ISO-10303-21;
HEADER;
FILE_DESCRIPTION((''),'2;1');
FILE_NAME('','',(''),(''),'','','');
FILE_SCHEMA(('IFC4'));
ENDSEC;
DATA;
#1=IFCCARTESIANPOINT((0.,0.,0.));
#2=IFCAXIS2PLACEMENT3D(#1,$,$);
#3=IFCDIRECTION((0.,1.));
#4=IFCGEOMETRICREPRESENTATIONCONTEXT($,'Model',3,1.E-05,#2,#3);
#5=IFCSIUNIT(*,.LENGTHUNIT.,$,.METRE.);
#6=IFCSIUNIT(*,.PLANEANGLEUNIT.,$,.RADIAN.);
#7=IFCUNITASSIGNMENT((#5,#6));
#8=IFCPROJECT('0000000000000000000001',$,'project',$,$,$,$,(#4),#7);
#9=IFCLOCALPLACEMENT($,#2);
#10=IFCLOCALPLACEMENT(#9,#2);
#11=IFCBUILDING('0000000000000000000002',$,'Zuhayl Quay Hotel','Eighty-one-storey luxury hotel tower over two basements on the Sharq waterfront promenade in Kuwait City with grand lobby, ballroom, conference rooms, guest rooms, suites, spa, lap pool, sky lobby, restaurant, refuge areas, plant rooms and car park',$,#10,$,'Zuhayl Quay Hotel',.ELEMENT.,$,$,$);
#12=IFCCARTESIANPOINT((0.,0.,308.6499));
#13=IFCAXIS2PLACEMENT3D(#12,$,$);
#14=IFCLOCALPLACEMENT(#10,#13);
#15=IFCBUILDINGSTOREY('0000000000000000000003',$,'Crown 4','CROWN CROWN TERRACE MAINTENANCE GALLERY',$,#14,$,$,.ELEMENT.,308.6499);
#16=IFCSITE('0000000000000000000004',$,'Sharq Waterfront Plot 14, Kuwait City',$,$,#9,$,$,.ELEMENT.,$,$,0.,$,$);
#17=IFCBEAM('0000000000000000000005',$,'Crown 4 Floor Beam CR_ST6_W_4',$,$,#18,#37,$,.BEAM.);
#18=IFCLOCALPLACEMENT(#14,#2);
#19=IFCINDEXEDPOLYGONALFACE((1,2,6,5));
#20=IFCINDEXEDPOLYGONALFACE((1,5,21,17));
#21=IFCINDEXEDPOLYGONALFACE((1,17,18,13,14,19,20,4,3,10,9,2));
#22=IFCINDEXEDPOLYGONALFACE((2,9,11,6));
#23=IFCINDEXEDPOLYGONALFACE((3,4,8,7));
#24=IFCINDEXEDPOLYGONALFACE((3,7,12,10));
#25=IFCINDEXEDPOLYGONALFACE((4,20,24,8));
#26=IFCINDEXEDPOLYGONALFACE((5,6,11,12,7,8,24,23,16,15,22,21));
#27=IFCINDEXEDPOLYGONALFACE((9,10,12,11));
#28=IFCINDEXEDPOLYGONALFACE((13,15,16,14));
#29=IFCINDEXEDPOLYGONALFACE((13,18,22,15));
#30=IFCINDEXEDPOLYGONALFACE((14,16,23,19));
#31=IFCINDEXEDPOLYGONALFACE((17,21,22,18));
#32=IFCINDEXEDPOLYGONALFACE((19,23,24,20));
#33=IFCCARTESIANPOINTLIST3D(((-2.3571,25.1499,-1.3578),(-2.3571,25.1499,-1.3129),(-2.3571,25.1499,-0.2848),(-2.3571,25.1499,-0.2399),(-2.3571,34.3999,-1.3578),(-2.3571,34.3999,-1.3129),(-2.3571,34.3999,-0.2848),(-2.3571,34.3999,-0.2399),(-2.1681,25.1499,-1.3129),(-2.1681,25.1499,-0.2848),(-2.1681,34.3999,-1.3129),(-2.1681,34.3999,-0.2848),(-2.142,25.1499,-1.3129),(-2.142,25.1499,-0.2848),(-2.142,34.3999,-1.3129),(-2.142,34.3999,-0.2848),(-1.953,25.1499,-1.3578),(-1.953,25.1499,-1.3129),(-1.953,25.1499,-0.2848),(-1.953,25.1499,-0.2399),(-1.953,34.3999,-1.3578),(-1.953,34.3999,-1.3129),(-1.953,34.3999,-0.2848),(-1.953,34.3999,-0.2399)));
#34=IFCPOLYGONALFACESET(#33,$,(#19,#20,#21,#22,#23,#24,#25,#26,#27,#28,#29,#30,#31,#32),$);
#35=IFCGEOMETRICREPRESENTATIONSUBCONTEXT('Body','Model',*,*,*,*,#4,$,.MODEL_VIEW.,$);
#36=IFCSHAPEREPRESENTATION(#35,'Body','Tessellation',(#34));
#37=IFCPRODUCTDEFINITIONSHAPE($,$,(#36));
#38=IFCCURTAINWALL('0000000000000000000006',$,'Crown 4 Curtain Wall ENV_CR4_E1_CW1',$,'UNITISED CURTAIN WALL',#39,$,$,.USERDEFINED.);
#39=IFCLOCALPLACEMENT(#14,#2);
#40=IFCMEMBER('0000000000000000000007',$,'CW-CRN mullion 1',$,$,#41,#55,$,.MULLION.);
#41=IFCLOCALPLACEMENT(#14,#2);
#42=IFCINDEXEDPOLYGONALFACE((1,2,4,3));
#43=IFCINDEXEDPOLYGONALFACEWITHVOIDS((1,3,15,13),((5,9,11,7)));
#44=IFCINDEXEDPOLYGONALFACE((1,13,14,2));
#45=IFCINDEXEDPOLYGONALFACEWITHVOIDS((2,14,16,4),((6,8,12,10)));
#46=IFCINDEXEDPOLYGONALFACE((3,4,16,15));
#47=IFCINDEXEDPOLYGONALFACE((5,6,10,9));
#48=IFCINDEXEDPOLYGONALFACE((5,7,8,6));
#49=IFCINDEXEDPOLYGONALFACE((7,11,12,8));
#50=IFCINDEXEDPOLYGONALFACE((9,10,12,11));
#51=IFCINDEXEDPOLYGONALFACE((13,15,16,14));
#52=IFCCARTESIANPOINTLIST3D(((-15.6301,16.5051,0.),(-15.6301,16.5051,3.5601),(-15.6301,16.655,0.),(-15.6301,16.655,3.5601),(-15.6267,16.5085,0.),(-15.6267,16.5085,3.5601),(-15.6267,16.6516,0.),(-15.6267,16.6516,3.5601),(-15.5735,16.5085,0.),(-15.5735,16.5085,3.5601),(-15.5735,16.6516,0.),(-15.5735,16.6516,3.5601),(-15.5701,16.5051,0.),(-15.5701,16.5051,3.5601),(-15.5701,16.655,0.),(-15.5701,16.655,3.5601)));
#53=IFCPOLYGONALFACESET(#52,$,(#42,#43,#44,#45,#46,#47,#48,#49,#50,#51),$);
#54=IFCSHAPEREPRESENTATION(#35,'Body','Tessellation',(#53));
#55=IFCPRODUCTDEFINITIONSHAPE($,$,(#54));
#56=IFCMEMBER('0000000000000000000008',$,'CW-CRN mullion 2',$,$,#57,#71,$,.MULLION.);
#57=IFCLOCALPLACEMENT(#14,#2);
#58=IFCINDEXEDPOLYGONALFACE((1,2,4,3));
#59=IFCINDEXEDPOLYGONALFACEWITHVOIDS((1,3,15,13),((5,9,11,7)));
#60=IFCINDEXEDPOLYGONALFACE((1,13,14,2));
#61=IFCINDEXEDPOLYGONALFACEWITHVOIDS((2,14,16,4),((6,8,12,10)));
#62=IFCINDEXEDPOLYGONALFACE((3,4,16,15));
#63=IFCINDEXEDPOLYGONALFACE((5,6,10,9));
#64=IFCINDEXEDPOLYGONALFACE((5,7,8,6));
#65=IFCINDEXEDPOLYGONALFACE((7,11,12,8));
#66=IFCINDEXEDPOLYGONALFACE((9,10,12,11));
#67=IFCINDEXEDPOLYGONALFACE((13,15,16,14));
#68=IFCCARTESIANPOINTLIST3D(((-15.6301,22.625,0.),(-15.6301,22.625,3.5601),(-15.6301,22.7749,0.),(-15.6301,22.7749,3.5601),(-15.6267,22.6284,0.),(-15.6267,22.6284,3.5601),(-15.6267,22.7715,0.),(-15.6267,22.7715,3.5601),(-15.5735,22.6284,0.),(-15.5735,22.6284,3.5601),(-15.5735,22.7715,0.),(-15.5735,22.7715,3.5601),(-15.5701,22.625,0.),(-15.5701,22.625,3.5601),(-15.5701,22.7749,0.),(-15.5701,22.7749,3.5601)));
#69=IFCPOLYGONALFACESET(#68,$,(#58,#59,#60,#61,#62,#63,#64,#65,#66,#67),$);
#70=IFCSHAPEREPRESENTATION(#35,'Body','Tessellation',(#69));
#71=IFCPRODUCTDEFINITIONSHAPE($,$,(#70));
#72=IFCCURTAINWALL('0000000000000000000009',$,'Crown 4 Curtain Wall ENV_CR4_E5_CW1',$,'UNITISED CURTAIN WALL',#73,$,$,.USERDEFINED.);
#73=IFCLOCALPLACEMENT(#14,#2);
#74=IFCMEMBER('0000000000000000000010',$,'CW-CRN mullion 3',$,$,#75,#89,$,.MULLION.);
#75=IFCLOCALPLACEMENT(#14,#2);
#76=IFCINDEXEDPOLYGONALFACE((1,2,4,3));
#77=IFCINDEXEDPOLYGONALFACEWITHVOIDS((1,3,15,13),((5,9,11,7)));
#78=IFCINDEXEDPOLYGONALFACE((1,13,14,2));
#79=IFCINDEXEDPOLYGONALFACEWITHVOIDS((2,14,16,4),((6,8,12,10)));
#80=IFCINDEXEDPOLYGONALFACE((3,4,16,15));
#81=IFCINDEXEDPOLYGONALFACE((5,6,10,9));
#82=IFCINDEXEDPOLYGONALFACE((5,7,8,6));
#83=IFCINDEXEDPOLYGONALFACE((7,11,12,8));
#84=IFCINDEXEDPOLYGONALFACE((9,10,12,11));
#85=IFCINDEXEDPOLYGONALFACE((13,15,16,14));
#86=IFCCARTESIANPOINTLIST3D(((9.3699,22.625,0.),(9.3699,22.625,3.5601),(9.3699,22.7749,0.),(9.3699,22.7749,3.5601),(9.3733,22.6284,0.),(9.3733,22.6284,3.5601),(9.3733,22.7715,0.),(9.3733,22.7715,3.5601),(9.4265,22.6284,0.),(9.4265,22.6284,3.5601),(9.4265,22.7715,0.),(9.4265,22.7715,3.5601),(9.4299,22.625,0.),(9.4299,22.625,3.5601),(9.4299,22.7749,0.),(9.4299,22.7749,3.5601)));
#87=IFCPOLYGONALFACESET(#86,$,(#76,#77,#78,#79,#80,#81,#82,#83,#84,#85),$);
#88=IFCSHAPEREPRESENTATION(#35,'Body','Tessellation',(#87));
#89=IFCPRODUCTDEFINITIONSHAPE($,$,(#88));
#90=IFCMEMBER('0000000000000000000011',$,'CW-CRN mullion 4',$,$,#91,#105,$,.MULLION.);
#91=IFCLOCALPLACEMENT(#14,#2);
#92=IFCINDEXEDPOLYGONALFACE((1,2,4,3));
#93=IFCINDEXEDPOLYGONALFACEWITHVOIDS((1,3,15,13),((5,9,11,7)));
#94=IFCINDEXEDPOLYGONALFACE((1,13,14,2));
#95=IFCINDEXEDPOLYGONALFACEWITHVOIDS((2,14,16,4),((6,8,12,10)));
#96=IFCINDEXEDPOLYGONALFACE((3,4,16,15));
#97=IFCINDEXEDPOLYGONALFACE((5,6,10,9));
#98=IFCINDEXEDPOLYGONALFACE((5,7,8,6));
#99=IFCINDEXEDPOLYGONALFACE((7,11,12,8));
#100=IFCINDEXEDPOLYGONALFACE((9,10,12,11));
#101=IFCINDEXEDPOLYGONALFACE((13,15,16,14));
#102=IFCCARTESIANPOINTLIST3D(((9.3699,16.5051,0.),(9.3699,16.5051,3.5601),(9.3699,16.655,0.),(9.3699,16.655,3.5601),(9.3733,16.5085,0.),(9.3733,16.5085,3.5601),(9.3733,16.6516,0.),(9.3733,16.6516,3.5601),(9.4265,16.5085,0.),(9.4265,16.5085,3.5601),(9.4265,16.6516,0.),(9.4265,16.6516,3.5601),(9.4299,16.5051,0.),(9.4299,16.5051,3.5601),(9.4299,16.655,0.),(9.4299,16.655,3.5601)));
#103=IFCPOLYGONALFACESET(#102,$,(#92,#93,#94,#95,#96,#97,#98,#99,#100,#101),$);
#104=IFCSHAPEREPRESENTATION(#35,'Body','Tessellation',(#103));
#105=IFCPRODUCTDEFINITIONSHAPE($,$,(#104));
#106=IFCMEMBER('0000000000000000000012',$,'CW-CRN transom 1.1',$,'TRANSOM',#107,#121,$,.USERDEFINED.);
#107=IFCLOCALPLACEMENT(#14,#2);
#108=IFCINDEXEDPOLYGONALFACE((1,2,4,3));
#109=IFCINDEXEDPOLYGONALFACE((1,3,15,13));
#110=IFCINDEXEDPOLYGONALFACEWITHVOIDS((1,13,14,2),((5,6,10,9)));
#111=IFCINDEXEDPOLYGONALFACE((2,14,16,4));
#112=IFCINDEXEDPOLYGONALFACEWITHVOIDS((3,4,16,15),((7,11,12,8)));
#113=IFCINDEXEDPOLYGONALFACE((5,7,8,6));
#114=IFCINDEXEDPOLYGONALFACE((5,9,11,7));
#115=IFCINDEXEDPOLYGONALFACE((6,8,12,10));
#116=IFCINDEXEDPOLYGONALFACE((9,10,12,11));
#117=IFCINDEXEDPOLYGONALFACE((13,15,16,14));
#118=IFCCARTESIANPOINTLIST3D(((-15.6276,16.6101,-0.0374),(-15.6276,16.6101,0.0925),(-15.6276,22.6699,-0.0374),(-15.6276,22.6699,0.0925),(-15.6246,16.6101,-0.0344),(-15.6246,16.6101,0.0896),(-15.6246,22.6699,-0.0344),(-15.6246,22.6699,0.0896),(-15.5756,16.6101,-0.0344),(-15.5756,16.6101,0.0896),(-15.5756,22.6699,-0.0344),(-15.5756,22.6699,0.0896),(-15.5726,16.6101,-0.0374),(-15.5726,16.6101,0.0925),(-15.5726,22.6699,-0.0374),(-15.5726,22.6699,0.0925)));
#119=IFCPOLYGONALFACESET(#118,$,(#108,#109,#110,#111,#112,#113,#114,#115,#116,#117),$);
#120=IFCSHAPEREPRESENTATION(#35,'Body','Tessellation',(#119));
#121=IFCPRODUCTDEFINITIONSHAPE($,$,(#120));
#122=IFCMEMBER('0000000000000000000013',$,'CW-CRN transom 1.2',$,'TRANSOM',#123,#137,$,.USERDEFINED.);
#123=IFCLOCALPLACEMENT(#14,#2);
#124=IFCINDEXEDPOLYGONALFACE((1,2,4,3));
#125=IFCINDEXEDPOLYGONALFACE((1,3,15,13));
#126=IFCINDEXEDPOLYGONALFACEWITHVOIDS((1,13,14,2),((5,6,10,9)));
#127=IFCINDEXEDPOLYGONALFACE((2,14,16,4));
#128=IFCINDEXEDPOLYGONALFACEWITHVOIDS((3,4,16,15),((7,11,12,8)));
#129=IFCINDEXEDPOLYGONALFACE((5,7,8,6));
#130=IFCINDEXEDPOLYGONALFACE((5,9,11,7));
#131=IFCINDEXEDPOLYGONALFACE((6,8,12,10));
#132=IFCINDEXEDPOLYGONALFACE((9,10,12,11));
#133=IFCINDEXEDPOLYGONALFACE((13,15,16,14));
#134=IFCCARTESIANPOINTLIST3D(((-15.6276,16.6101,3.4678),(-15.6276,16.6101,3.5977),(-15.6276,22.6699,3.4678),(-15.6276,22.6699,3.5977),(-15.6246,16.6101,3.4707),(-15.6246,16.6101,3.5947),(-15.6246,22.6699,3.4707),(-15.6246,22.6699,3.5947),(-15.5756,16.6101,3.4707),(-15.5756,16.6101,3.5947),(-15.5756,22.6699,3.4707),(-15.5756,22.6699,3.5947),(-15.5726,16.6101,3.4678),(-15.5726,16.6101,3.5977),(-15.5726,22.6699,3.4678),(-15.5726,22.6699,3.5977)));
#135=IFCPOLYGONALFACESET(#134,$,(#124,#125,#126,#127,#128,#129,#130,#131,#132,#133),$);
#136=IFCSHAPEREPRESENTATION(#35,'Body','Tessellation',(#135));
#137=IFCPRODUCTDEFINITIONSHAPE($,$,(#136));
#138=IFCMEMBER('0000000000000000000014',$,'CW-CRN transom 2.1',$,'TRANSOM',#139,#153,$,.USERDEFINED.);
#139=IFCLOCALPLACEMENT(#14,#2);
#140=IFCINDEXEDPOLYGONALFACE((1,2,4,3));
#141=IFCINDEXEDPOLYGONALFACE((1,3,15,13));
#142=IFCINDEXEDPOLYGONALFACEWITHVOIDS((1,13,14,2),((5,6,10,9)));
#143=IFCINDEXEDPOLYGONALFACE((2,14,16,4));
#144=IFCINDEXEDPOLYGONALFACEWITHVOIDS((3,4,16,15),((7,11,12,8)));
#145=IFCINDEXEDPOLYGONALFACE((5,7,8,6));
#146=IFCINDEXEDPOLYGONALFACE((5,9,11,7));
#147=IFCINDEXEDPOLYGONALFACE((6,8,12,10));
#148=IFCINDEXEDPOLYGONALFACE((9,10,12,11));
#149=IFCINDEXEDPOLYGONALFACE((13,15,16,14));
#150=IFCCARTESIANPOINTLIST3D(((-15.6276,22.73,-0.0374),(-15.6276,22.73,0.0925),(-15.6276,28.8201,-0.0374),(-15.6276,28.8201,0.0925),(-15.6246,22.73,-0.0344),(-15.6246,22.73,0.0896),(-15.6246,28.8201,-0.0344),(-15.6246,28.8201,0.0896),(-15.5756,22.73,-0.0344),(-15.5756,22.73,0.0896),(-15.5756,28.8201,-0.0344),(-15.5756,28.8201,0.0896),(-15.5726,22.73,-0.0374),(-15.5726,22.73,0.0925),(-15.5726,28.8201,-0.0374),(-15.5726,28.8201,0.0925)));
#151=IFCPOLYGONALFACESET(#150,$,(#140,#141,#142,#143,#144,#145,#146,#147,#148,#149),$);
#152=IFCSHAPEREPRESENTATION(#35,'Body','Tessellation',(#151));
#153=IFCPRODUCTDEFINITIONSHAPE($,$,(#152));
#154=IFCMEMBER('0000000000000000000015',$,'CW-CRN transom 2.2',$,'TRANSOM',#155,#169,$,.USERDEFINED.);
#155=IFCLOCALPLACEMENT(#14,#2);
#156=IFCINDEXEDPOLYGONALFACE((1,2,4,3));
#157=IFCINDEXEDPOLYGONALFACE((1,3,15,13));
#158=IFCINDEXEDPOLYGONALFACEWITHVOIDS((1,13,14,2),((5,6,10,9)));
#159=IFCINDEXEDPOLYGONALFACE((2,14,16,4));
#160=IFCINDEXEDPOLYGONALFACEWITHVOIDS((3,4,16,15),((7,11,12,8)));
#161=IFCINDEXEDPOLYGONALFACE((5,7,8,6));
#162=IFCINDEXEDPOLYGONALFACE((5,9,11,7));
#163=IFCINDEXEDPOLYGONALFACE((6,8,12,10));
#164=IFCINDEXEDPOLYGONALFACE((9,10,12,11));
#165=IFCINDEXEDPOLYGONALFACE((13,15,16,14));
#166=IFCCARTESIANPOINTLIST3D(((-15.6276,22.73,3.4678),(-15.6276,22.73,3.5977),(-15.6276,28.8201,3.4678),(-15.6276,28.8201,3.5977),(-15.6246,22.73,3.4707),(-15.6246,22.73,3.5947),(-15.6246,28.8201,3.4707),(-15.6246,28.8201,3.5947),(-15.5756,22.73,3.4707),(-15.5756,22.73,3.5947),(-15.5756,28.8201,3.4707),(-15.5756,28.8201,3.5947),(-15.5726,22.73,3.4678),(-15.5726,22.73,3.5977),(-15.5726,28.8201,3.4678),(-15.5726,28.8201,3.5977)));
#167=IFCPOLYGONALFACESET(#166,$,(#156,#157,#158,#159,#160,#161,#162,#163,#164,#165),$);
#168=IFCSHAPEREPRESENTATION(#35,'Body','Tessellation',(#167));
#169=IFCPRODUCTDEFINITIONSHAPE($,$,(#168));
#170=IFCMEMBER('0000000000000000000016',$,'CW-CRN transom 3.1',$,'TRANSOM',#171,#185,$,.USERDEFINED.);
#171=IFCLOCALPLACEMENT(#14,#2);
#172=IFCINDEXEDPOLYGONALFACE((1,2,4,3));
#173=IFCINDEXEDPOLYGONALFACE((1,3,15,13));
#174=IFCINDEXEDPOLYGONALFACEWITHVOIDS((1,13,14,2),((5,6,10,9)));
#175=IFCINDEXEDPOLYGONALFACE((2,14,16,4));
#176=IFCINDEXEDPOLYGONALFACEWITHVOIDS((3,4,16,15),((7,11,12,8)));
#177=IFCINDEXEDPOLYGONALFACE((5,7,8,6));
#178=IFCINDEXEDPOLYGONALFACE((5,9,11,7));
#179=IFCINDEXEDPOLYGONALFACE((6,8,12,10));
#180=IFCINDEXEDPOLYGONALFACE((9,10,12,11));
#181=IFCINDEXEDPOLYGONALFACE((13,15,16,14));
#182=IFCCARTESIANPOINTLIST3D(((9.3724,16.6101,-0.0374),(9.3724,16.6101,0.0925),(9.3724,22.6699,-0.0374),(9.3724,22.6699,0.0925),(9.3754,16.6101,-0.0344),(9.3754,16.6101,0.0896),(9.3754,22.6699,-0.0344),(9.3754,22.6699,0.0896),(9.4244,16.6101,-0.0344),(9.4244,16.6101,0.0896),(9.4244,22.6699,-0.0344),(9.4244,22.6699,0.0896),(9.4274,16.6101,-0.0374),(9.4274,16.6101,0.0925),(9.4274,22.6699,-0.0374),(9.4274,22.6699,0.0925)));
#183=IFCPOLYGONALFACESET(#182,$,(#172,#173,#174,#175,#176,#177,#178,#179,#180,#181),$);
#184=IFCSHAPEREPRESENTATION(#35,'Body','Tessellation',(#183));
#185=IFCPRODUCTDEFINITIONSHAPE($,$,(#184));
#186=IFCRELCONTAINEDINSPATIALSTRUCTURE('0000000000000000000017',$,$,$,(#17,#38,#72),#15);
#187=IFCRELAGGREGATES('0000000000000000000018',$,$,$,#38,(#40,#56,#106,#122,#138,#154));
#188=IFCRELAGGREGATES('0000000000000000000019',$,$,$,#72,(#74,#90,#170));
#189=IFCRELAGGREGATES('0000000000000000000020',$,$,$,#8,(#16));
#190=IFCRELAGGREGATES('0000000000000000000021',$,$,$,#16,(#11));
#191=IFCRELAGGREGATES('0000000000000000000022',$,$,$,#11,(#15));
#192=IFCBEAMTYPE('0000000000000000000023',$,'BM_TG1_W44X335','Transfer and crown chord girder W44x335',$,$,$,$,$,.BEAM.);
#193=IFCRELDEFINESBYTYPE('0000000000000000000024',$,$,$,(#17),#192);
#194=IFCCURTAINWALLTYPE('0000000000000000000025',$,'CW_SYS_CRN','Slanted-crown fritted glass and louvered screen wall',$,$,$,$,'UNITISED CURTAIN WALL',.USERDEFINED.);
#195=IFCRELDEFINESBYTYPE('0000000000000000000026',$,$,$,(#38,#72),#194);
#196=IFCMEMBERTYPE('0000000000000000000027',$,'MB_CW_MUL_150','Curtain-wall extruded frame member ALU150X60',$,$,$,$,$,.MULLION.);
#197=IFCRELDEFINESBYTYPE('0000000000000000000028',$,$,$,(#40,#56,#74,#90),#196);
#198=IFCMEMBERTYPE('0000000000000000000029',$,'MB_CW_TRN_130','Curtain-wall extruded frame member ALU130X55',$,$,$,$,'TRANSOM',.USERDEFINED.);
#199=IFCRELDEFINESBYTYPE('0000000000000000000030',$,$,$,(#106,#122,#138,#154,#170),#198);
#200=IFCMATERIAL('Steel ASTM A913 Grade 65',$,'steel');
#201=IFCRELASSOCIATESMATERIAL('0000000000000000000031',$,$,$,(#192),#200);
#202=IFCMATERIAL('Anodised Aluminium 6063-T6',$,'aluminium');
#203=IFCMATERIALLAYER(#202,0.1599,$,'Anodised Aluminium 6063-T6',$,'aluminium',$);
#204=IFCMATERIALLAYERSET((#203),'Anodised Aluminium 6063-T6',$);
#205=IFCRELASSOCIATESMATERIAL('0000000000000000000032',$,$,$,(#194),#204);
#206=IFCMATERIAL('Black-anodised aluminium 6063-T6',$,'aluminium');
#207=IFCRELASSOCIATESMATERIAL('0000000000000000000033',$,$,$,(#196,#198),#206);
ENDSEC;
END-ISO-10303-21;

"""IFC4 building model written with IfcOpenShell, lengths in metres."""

from ifc_helpers import new_model, si_unit, direction, frame, origin, origin_2d, place, context, subcontext, project, spatial, hollow_rectangle, i_section, extrude, material, layer, layer_set, material_profile, profile_set, type_object, element, aggregate, save


model = new_model("IFC4")

# Units and contexts
model_context = context("Model", 3, precision=1e-05, world=origin(), true_north=direction((0.0, 1.0)))
body_context = subcontext(model_context, "Body", "Model", "MODEL_VIEW")
ifc_project = project(units=[si_unit("LENGTHUNIT", "METRE"), si_unit("PLANEANGLEUNIT", "RADIAN")], contexts=[model_context])

# Site, building, storey
site_placement = place(None, origin())
site = spatial("IfcSite", under=ifc_project, at=site_placement, Name="Sharq Waterfront Plot 14, Kuwait City", CompositionType="ELEMENT", RefElevation=0.0)
building_placement = place(site_placement, origin())
building = spatial("IfcBuilding", under=site, at=building_placement, Name="Zuhayl Quay Hotel", Description="Eighty-one-storey luxury hotel tower over two basements on the Sharq waterfront promenade in Kuwait City with grand lobby, ballroom, conference rooms, guest rooms, suites, spa, lap pool, sky lobby, restaurant, refuge areas, plant rooms and car park", LongName="Zuhayl Quay Hotel", CompositionType="ELEMENT")
storey_placement = place(building_placement, frame((0.0, 0.0, 308.6499)))
storey = spatial("IfcBuildingStorey", under=building, at=storey_placement, Name="Crown 4", Description="CROWN CROWN TERRACE MAINTENANCE GALLERY", CompositionType="ELEMENT", Elevation=308.6499)

# Shared definitions
ifc_material_1 = material(Name="Steel ASTM A913 Grade 65", Category="steel")

# Beam
ifc_material_profile_1 = material_profile(ifc_material_1, i_section(OverallWidth=0.4041, OverallDepth=1.1179, WebThickness=0.0261, FlangeThickness=0.0449, at=origin_2d()), Name="W44X335")
ifc_profile_set_1 = profile_set([ifc_material_profile_1], Name="Steel ASTM A913 Grade 65")
beam_type = type_object("IfcBeamType", Name="BM_TG1_W44X335", Description="Transfer and crown chord girder W44x335", PredefinedType="BEAM", material=ifc_profile_set_1)
for number, where, z_axis, x_axis, name in (
    (1, (-2.155, 25.1499, -0.7988), (0.0, 1.0, 0.0), (-1.0, 0.0, 0.0), "Crown 4 Floor Beam CR_ST6_W_4"),
):
    element("IfcBeam", number, at=place(storey_placement, frame(where, z_axis=z_axis, x_axis=x_axis)), inside=storey, type_object=beam_type, Name=name, PredefinedType="BEAM", context=body_context, shape_type="SweptSolid", body=[
        extrude(i_section(OverallWidth=0.4041, OverallDepth=1.1179, WebThickness=0.0261, FlangeThickness=0.0449, at=origin_2d()), origin(), (0.0, 0.0, 1.0), 9.25),
    ])

# Curtain walls, members
ifc_material_2 = material(Name="Anodised Aluminium 6063-T6", Category="aluminium")
ifc_layer_1 = layer(ifc_material_2, 0.1599, Name="Anodised Aluminium 6063-T6", Category="aluminium")
ifc_layer_set_1 = layer_set([ifc_layer_1], Name="Anodised Aluminium 6063-T6")
curtain_wall_type = type_object("IfcCurtainWallType", Name="CW_SYS_CRN", Description="Slanted-crown fritted glass and louvered screen wall", ElementType="UNITISED CURTAIN WALL", PredefinedType="USERDEFINED", material=ifc_layer_set_1)
curtain_wall_1_placement = place(storey_placement, origin())
curtain_wall_1 = element("IfcCurtainWall", 2, at=curtain_wall_1_placement, inside=storey, type_object=curtain_wall_type, Name="Crown 4 Curtain Wall ENV_CR4_E1_CW1", ObjectType="UNITISED CURTAIN WALL", PredefinedType="USERDEFINED")
ifc_material_3 = material(Name="Black-anodised aluminium 6063-T6", Category="aluminium")
ifc_material_profile_2 = material_profile(ifc_material_3, hollow_rectangle(XDim=0.0601, YDim=0.1499, WallThickness=0.0034, at=origin_2d()), Name="ALU150X60")
ifc_profile_set_2 = profile_set([ifc_material_profile_2], Name="Black-anodised aluminium 6063-T6")
member_type_1 = type_object("IfcMemberType", Name="MB_CW_MUL_150", Description="Curtain-wall extruded frame member ALU150X60", PredefinedType="MULLION", material=ifc_profile_set_2)
member_1_placement = place(storey_placement, frame((-15.6001, 16.5801, 0.0), z_axis=(0.0, 0.0, 1.0), x_axis=(-1.0, 0.0, 0.0)))
member_1 = element("IfcMember", 3, at=member_1_placement, type_object=member_type_1, Name="CW-CRN mullion 1", PredefinedType="MULLION", context=body_context, shape_type="SweptSolid", body=[
    extrude(hollow_rectangle(XDim=0.0601, YDim=0.1499, WallThickness=0.0034, at=origin_2d()), origin(), (0.0, 0.0, 1.0), 3.5601),
])
member_2_placement = place(storey_placement, frame((-15.6001, 22.7, 0.0), z_axis=(0.0, 0.0, 1.0), x_axis=(-1.0, 0.0, 0.0)))
member_2 = element("IfcMember", 4, at=member_2_placement, type_object=member_type_1, Name="CW-CRN mullion 2", PredefinedType="MULLION", context=body_context, shape_type="SweptSolid", body=[
    extrude(hollow_rectangle(XDim=0.0601, YDim=0.1499, WallThickness=0.0034, at=origin_2d()), origin(), (0.0, 0.0, 1.0), 3.5601),
])
curtain_wall_2_placement = place(storey_placement, origin())
curtain_wall_2 = element("IfcCurtainWall", 5, at=curtain_wall_2_placement, inside=storey, type_object=curtain_wall_type, Name="Crown 4 Curtain Wall ENV_CR4_E5_CW1", ObjectType="UNITISED CURTAIN WALL", PredefinedType="USERDEFINED")
member_3_placement = place(storey_placement, frame((9.3999, 22.7, 0.0), z_axis=(0.0, 0.0, 1.0), x_axis=(1.0, 0.0, 0.0)))
member_3 = element("IfcMember", 6, at=member_3_placement, type_object=member_type_1, Name="CW-CRN mullion 3", PredefinedType="MULLION", context=body_context, shape_type="SweptSolid", body=[
    extrude(hollow_rectangle(XDim=0.0601, YDim=0.1499, WallThickness=0.0034, at=origin_2d()), origin(), (0.0, 0.0, 1.0), 3.5601),
])
member_4_placement = place(storey_placement, frame((9.3999, 16.5801, 0.0), z_axis=(0.0, 0.0, 1.0), x_axis=(1.0, 0.0, 0.0)))
member_4 = element("IfcMember", 7, at=member_4_placement, type_object=member_type_1, Name="CW-CRN mullion 4", PredefinedType="MULLION", context=body_context, shape_type="SweptSolid", body=[
    extrude(hollow_rectangle(XDim=0.0601, YDim=0.1499, WallThickness=0.0034, at=origin_2d()), origin(), (0.0, 0.0, 1.0), 3.5601),
])

# Members
ifc_material_profile_3 = material_profile(ifc_material_3, hollow_rectangle(XDim=0.0549, YDim=0.1299, WallThickness=0.0029, at=origin_2d()), Name="ALU130X55")
ifc_profile_set_3 = profile_set([ifc_material_profile_3], Name="Black-anodised aluminium 6063-T6")
member_type_2 = type_object("IfcMemberType", Name="MB_CW_TRN_130", Description="Curtain-wall extruded frame member ALU130X55", ElementType="TRANSOM", PredefinedType="USERDEFINED", material=ifc_profile_set_3)
member_5_placement = place(storey_placement, frame((-15.6001, 16.6101, 0.0276), z_axis=(0.0, 1.0, 0.0), x_axis=(-1.0, 0.0, 0.0)))
member_5 = element("IfcMember", 8, at=member_5_placement, type_object=member_type_2, Name="CW-CRN transom 1.1", ObjectType="TRANSOM", PredefinedType="USERDEFINED", context=body_context, shape_type="SweptSolid", body=[
    extrude(hollow_rectangle(XDim=0.0549, YDim=0.1299, WallThickness=0.0029, at=origin_2d()), origin(), (0.0, 0.0, 1.0), 6.0598),
])
member_6_placement = place(storey_placement, frame((-15.6001, 16.6101, 3.5327), z_axis=(0.0, 1.0, 0.0), x_axis=(-1.0, 0.0, 0.0)))
member_6 = element("IfcMember", 9, at=member_6_placement, type_object=member_type_2, Name="CW-CRN transom 1.2", ObjectType="TRANSOM", PredefinedType="USERDEFINED", context=body_context, shape_type="SweptSolid", body=[
    extrude(hollow_rectangle(XDim=0.0549, YDim=0.1299, WallThickness=0.0029, at=origin_2d()), origin(), (0.0, 0.0, 1.0), 6.0598),
])
member_7_placement = place(storey_placement, frame((-15.6001, 22.73, 0.0276), z_axis=(0.0, 1.0, 0.0), x_axis=(-1.0, 0.0, 0.0)))
member_7 = element("IfcMember", 10, at=member_7_placement, type_object=member_type_2, Name="CW-CRN transom 2.1", ObjectType="TRANSOM", PredefinedType="USERDEFINED", context=body_context, shape_type="SweptSolid", body=[
    extrude(hollow_rectangle(XDim=0.0549, YDim=0.1299, WallThickness=0.0029, at=origin_2d()), origin(), (0.0, 0.0, 1.0), 6.0901),
])
member_8_placement = place(storey_placement, frame((-15.6001, 22.73, 3.5327), z_axis=(0.0, 1.0, 0.0), x_axis=(-1.0, 0.0, 0.0)))
member_8 = element("IfcMember", 11, at=member_8_placement, type_object=member_type_2, Name="CW-CRN transom 2.2", ObjectType="TRANSOM", PredefinedType="USERDEFINED", context=body_context, shape_type="SweptSolid", body=[
    extrude(hollow_rectangle(XDim=0.0549, YDim=0.1299, WallThickness=0.0029, at=origin_2d()), origin(), (0.0, 0.0, 1.0), 6.0901),
])
member_9_placement = place(storey_placement, frame((9.3999, 22.6699, 0.0276), z_axis=(0.0, -1.0, 0.0), x_axis=(1.0, 0.0, 0.0)))
member_9 = element("IfcMember", 12, at=member_9_placement, type_object=member_type_2, Name="CW-CRN transom 3.1", ObjectType="TRANSOM", PredefinedType="USERDEFINED", context=body_context, shape_type="SweptSolid", body=[
    extrude(hollow_rectangle(XDim=0.0549, YDim=0.1299, WallThickness=0.0029, at=origin_2d()), origin(), (0.0, 0.0, 1.0), 6.0598),
])

aggregate(curtain_wall_1, [member_1, member_2, member_5, member_6, member_7, member_8])
aggregate(curtain_wall_2, [member_3, member_4, member_9])

save(model, "model.ifc")
